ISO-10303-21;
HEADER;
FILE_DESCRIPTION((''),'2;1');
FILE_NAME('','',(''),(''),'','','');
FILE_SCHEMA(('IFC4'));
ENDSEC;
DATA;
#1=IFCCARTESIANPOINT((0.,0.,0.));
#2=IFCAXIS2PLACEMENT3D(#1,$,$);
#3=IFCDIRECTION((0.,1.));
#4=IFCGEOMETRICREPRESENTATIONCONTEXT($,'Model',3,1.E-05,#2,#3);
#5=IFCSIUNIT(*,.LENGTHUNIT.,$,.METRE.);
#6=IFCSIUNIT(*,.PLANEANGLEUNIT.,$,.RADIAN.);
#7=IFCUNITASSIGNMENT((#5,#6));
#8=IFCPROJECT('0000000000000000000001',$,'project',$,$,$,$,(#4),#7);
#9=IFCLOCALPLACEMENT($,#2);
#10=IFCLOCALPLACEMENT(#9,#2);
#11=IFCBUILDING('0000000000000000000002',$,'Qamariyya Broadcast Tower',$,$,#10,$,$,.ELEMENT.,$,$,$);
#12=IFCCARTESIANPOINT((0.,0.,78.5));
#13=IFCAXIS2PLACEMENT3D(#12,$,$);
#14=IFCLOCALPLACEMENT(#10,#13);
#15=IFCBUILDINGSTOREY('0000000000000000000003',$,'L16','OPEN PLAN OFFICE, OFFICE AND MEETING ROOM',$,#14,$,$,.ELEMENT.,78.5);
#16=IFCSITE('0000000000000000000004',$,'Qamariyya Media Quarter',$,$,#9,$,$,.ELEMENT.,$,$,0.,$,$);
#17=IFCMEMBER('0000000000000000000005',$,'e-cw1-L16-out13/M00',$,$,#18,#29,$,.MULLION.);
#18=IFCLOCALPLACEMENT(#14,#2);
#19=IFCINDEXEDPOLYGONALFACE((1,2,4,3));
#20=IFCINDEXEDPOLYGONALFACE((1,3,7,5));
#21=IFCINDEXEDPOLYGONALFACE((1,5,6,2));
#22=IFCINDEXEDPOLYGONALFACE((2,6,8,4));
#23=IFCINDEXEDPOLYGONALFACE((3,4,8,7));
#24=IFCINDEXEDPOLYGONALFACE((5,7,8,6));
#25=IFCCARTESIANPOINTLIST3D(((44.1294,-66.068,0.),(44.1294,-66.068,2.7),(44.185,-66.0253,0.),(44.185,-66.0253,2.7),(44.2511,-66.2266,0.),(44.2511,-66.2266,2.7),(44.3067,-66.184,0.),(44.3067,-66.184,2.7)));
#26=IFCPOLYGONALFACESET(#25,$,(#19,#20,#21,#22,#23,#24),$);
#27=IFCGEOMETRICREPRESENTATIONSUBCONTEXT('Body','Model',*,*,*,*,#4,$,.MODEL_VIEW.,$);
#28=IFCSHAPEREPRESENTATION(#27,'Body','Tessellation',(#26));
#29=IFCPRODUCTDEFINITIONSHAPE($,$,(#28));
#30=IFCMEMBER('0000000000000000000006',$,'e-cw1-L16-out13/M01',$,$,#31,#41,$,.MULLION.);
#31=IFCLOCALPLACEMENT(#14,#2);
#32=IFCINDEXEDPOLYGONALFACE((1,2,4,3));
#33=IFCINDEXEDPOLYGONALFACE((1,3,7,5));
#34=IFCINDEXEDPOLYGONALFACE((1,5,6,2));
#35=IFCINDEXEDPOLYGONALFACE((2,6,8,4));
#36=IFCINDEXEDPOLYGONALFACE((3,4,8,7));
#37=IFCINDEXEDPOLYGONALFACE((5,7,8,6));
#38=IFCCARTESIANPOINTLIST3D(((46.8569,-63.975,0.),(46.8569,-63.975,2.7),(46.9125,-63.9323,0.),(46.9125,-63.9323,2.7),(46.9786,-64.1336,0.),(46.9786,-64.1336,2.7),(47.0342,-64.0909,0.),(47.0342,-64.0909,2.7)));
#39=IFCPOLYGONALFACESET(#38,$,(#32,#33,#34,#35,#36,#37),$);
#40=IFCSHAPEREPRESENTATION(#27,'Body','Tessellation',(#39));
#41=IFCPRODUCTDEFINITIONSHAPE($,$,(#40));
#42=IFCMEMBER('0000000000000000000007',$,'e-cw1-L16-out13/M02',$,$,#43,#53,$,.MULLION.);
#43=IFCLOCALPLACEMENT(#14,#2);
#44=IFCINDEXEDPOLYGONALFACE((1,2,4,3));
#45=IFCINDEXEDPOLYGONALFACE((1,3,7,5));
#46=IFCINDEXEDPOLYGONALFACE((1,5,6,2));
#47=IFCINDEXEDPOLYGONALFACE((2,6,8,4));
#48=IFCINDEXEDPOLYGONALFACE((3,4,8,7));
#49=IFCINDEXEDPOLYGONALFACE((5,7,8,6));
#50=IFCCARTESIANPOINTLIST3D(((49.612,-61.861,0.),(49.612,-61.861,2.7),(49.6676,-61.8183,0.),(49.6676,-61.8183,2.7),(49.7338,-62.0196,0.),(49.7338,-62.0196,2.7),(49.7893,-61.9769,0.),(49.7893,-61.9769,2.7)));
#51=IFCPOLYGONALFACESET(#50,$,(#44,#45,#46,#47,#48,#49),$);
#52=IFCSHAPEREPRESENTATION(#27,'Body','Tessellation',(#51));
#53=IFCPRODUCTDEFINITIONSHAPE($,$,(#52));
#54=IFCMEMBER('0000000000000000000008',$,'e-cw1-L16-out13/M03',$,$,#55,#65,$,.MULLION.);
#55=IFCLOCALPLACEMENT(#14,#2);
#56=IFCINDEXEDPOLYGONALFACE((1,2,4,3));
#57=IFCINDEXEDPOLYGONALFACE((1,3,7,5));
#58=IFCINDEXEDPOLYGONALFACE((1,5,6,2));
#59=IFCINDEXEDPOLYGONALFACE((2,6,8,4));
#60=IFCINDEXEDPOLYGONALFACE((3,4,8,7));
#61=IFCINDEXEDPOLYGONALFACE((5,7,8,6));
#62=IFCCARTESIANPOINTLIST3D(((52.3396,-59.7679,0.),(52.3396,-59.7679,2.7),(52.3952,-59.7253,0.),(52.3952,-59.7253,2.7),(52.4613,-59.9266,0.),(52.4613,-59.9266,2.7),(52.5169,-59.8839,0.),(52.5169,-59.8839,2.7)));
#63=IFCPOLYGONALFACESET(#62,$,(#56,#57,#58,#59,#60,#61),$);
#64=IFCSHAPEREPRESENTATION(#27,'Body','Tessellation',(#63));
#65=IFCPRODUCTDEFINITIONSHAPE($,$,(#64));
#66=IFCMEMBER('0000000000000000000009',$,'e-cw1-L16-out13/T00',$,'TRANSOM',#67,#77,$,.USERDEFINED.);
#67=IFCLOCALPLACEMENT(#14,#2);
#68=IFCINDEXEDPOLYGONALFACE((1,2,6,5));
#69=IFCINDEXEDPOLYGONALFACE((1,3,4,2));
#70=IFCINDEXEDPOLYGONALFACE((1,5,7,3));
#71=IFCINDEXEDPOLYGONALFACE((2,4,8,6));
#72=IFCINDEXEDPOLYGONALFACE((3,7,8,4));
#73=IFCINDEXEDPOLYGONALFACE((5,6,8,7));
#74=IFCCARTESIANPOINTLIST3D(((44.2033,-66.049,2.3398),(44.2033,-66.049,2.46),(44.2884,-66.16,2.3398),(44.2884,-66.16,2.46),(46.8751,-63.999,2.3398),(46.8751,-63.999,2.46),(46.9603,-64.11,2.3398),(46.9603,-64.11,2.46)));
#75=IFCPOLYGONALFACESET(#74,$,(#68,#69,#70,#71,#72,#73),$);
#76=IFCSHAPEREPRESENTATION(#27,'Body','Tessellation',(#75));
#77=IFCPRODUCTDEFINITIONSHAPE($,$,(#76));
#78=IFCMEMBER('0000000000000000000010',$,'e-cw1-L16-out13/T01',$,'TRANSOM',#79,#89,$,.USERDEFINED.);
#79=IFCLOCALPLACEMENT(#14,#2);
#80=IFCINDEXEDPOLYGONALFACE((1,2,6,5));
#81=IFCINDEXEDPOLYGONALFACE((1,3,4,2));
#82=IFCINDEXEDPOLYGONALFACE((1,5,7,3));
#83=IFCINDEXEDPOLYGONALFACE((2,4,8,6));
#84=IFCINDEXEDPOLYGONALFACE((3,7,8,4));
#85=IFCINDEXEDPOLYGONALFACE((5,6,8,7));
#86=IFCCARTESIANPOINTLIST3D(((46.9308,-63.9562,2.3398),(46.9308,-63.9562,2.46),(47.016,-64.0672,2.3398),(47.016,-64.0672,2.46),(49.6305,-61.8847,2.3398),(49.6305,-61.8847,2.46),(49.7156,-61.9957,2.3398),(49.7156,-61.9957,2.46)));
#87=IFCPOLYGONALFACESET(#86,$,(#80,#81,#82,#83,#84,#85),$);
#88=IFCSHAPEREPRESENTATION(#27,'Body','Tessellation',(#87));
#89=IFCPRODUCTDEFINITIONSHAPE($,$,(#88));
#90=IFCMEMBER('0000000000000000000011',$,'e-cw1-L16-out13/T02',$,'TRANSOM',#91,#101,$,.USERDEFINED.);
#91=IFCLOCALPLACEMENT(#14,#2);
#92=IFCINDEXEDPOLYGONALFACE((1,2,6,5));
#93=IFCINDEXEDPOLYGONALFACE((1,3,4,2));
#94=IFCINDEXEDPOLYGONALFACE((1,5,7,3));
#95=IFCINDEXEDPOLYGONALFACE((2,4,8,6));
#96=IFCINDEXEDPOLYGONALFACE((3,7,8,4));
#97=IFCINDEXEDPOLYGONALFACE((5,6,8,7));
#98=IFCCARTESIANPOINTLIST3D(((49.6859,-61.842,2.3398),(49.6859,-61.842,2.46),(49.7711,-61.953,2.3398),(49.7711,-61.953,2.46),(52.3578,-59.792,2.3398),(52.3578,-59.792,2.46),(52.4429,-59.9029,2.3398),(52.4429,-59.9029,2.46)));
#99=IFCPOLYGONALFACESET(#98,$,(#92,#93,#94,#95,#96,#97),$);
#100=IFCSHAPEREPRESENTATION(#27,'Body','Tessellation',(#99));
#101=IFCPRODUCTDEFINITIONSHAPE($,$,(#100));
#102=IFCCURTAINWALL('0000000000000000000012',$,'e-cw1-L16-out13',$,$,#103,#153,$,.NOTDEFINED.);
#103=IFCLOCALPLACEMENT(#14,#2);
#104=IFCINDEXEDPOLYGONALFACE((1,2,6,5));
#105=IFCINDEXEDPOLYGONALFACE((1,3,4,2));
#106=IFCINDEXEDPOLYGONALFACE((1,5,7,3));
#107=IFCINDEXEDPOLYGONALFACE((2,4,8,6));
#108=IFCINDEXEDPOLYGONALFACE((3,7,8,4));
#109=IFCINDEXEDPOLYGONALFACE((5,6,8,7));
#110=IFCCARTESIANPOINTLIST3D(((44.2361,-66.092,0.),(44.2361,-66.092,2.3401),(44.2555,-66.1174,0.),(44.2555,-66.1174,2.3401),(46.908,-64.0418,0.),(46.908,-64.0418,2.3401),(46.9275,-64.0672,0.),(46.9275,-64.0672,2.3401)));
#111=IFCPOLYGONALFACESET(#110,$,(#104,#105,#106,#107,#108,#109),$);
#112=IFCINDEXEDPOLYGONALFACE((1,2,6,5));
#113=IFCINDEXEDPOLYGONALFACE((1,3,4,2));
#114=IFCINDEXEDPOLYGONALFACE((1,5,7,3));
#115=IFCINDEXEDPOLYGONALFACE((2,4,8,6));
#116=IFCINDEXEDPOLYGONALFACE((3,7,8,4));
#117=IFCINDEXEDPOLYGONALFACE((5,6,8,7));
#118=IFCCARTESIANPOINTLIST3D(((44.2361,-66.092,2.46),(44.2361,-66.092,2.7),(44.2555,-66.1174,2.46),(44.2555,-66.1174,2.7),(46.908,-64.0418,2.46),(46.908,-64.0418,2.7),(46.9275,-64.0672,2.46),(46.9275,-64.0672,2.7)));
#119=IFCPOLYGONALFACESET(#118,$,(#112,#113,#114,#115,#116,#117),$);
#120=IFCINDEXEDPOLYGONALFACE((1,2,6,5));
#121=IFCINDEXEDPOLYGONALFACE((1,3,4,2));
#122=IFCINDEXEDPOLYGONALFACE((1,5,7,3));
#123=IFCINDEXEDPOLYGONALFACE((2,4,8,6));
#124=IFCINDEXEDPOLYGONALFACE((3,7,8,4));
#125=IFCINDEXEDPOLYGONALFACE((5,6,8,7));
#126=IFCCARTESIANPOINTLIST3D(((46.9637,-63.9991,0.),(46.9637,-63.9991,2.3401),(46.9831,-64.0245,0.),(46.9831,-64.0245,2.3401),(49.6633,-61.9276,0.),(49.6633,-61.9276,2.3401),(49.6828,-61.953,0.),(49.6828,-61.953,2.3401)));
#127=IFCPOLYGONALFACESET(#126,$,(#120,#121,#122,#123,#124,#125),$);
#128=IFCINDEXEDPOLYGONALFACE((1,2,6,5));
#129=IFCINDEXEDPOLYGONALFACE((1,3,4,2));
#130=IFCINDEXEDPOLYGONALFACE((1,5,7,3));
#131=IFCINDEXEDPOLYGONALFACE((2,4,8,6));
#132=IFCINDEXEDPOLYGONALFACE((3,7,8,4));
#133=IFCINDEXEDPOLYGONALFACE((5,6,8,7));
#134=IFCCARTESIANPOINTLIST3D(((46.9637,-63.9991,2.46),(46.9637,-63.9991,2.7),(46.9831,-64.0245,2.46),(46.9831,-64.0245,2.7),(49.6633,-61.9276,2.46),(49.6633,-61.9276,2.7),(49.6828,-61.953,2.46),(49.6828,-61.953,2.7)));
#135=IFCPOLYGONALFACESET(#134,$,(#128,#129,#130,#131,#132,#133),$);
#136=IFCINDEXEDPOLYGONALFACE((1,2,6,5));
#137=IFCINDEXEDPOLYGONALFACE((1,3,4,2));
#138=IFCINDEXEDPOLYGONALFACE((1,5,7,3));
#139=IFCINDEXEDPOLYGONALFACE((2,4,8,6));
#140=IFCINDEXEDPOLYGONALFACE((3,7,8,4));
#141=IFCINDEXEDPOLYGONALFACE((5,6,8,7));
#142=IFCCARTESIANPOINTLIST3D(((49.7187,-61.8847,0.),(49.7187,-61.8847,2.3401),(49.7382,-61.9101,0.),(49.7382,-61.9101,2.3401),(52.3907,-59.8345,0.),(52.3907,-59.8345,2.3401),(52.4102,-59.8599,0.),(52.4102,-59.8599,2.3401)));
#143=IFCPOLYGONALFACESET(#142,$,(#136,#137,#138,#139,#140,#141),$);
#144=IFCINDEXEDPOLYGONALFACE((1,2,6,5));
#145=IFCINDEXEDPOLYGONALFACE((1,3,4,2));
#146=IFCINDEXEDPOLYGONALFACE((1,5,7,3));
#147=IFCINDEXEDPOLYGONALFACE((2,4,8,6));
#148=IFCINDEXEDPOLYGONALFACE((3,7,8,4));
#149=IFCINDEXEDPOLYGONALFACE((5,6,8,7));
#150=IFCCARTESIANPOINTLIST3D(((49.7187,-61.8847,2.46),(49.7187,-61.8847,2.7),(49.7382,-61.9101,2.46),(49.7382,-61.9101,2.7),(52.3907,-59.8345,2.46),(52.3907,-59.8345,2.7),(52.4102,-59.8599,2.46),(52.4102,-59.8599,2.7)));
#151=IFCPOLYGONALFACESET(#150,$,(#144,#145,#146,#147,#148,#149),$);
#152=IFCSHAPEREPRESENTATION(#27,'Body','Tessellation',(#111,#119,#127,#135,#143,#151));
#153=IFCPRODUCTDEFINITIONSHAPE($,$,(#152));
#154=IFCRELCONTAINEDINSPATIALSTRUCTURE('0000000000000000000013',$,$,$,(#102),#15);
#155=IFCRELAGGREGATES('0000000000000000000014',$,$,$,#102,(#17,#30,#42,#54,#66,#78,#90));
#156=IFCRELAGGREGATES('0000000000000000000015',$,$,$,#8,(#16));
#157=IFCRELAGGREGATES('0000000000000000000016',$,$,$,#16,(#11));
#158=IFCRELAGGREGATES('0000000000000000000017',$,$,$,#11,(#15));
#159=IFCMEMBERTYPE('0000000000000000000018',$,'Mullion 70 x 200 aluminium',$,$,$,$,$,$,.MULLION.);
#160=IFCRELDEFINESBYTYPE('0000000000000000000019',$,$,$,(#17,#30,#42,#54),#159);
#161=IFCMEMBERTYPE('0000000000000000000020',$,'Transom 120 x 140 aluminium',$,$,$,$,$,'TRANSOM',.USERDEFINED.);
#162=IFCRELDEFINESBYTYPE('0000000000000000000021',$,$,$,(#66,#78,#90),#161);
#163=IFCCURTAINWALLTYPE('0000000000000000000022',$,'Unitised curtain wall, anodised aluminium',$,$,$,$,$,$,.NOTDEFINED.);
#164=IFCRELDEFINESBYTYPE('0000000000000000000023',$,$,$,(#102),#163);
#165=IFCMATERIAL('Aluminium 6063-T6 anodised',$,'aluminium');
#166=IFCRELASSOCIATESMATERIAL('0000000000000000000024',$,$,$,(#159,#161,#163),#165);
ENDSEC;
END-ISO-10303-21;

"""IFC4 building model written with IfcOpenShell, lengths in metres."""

from ifc_helpers import new_model, si_unit, direction, frame, origin, origin_2d, place, context, subcontext, project, spatial, rectangle, extrude, material, material_profile, profile_set, type_object, element, aggregate, save


model = new_model("IFC4")

# Units and contexts
model_context = context("Model", 3, precision=1e-05, world=origin(), true_north=direction((0.0, 1.0)))
body_context = subcontext(model_context, "Body", "Model", "MODEL_VIEW")
ifc_project = project(units=[si_unit("LENGTHUNIT", "METRE"), si_unit("PLANEANGLEUNIT", "RADIAN")], contexts=[model_context])

# Members
ifc_material = material(Name="Aluminium 6063-T6 anodised", Category="aluminium")
ifc_material_profile_1 = material_profile(ifc_material, rectangle(XDim=0.2, YDim=0.0701, at=origin_2d()))
ifc_profile_set_1 = profile_set([ifc_material_profile_1], Name="Aluminium 6063-T6 anodised")
member_type_1 = type_object("IfcMemberType", Name="Mullion 70 x 200 aluminium", PredefinedType="MULLION", material=ifc_profile_set_1)
site_placement = place(None, origin())
building_placement = place(site_placement, origin())
storey_placement = place(building_placement, frame((0.0, 0.0, 78.5)))
member_1_placement = place(storey_placement, frame((44.218, -66.126, 0.0), z_axis=(0.0, 0.0, 1.0), x_axis=(-0.608761, 0.793353, 0.0)))
member_1 = element("IfcMember", 1, at=member_1_placement, type_object=member_type_1, Name="e-cw1-L16-out13/M00", PredefinedType="MULLION", context=body_context, shape_type="SweptSolid", body=[
    extrude(rectangle(XDim=0.2, YDim=0.0701, at=origin_2d()), origin(), (0.0, 0.0, 1.0), 2.7),
])
member_2_placement = place(storey_placement, frame((46.9456, -64.033, 0.0), z_axis=(0.0, 0.0, 1.0), x_axis=(-0.608761, 0.793353, 0.0)))
member_2 = element("IfcMember", 2, at=member_2_placement, type_object=member_type_1, Name="e-cw1-L16-out13/M01", PredefinedType="MULLION", context=body_context, shape_type="SweptSolid", body=[
    extrude(rectangle(XDim=0.2, YDim=0.0701, at=origin_2d()), origin(), (0.0, 0.0, 1.0), 2.7),
])
member_3_placement = place(storey_placement, frame((49.7007, -61.9189, 0.0), z_axis=(0.0, 0.0, 1.0), x_axis=(-0.608761, 0.793353, 0.0)))
member_3 = element("IfcMember", 3, at=member_3_placement, type_object=member_type_1, Name="e-cw1-L16-out13/M02", PredefinedType="MULLION", context=body_context, shape_type="SweptSolid", body=[
    extrude(rectangle(XDim=0.2, YDim=0.0701, at=origin_2d()), origin(), (0.0, 0.0, 1.0), 2.7),
])
member_4_placement = place(storey_placement, frame((52.4282, -59.8259, 0.0), z_axis=(0.0, 0.0, 1.0), x_axis=(-0.608761, 0.793353, 0.0)))
member_4 = element("IfcMember", 4, at=member_4_placement, type_object=member_type_1, Name="e-cw1-L16-out13/M03", PredefinedType="MULLION", context=body_context, shape_type="SweptSolid", body=[
    extrude(rectangle(XDim=0.2, YDim=0.0701, at=origin_2d()), origin(), (0.0, 0.0, 1.0), 2.7),
])
ifc_material_profile_2 = material_profile(ifc_material, rectangle(XDim=0.1399, YDim=0.1201, at=origin_2d()))
ifc_profile_set_2 = profile_set([ifc_material_profile_2], Name="Aluminium 6063-T6 anodised")
member_type_2 = type_object("IfcMemberType", Name="Transom 120 x 140 aluminium", ElementType="TRANSOM", PredefinedType="USERDEFINED", material=ifc_profile_set_2)
member_5_placement = place(storey_placement, frame((44.2458, -66.1045, 2.3999), z_axis=(0.793375, 0.608733, 0.0), x_axis=(-0.608733, 0.793375, 0.0)))
member_5 = element("IfcMember", 5, at=member_5_placement, type_object=member_type_2, Name="e-cw1-L16-out13/T00", ObjectType="TRANSOM", PredefinedType="USERDEFINED", context=body_context, shape_type="SweptSolid", body=[
    extrude(rectangle(XDim=0.1399, YDim=0.1201, at=origin_2d()), origin(), (0.0, 0.0, 1.0), 3.3677),
])
member_6_placement = place(storey_placement, frame((46.9734, -64.0117, 2.3999), z_axis=(0.793357, 0.608757, 0.0), x_axis=(-0.608757, 0.793357, 0.0)))
member_6 = element("IfcMember", 6, at=member_6_placement, type_object=member_type_2, Name="e-cw1-L16-out13/T01", ObjectType="TRANSOM", PredefinedType="USERDEFINED", context=body_context, shape_type="SweptSolid", body=[
    extrude(rectangle(XDim=0.1399, YDim=0.1201, at=origin_2d()), origin(), (0.0, 0.0, 1.0), 3.4028),
])
member_7_placement = place(storey_placement, frame((49.7285, -61.8975, 2.3999), z_axis=(0.793375, 0.608733, 0.0), x_axis=(-0.608733, 0.793375, 0.0)))
member_7 = element("IfcMember", 7, at=member_7_placement, type_object=member_type_2, Name="e-cw1-L16-out13/T02", ObjectType="TRANSOM", PredefinedType="USERDEFINED", context=body_context, shape_type="SweptSolid", body=[
    extrude(rectangle(XDim=0.1399, YDim=0.1201, at=origin_2d()), origin(), (0.0, 0.0, 1.0), 3.3677),
])

# Site, building, storey
site = spatial("IfcSite", under=ifc_project, at=site_placement, Name="Qamariyya Media Quarter", CompositionType="ELEMENT", RefElevation=0.0)
building = spatial("IfcBuilding", under=site, at=building_placement, Name="Qamariyya Broadcast Tower", CompositionType="ELEMENT")
storey = spatial("IfcBuildingStorey", under=building, at=storey_placement, Name="L16", Description="OPEN PLAN OFFICE, OFFICE AND MEETING ROOM", CompositionType="ELEMENT", Elevation=78.5)

# Curtain wall
curtain_wall_type = type_object("IfcCurtainWallType", Name="Unitised curtain wall, anodised aluminium", PredefinedType="NOTDEFINED", material=ifc_material)
curtain_wall_1_placement = place(storey_placement, origin())
curtain_wall_1 = element("IfcCurtainWall", 8, at=curtain_wall_1_placement, inside=storey, type_object=curtain_wall_type, Name="e-cw1-L16-out13", PredefinedType="NOTDEFINED", context=body_context, shape_type="SweptSolid", body=[
    extrude(rectangle(XDim=3.3679, YDim=0.032, at=origin_2d()), frame((45.5818, -65.0796, 0.0), x_axis=(0.793358, 0.608756, 0.0)), (0.0, 0.0, 1.0), 2.3401),
    extrude(rectangle(XDim=3.3679, YDim=0.032, at=origin_2d()), frame((45.5818, -65.0796, 2.46), x_axis=(0.793358, 0.608756, 0.0)), (0.0, 0.0, 1.0), 0.24),
    extrude(rectangle(XDim=3.4028, YDim=0.032, at=origin_2d()), frame((48.3232, -62.9761, 0.0), x_axis=(0.793358, 0.608756, 0.0)), (0.0, 0.0, 1.0), 2.3401),
    extrude(rectangle(XDim=3.4028, YDim=0.032, at=origin_2d()), frame((48.3232, -62.9761, 2.46), x_axis=(0.793358, 0.608756, 0.0)), (0.0, 0.0, 1.0), 0.24),
    extrude(rectangle(XDim=3.3679, YDim=0.032, at=origin_2d()), frame((51.0645, -60.8723, 0.0), x_axis=(0.793358, 0.608756, 0.0)), (0.0, 0.0, 1.0), 2.3401),
    extrude(rectangle(XDim=3.3679, YDim=0.032, at=origin_2d()), frame((51.0645, -60.8723, 2.46), x_axis=(0.793358, 0.608756, 0.0)), (0.0, 0.0, 1.0), 0.24),
])
aggregate(curtain_wall_1, [member_1, member_2, member_3, member_4, member_5, member_6, member_7])

save(model, "model.ifc")
